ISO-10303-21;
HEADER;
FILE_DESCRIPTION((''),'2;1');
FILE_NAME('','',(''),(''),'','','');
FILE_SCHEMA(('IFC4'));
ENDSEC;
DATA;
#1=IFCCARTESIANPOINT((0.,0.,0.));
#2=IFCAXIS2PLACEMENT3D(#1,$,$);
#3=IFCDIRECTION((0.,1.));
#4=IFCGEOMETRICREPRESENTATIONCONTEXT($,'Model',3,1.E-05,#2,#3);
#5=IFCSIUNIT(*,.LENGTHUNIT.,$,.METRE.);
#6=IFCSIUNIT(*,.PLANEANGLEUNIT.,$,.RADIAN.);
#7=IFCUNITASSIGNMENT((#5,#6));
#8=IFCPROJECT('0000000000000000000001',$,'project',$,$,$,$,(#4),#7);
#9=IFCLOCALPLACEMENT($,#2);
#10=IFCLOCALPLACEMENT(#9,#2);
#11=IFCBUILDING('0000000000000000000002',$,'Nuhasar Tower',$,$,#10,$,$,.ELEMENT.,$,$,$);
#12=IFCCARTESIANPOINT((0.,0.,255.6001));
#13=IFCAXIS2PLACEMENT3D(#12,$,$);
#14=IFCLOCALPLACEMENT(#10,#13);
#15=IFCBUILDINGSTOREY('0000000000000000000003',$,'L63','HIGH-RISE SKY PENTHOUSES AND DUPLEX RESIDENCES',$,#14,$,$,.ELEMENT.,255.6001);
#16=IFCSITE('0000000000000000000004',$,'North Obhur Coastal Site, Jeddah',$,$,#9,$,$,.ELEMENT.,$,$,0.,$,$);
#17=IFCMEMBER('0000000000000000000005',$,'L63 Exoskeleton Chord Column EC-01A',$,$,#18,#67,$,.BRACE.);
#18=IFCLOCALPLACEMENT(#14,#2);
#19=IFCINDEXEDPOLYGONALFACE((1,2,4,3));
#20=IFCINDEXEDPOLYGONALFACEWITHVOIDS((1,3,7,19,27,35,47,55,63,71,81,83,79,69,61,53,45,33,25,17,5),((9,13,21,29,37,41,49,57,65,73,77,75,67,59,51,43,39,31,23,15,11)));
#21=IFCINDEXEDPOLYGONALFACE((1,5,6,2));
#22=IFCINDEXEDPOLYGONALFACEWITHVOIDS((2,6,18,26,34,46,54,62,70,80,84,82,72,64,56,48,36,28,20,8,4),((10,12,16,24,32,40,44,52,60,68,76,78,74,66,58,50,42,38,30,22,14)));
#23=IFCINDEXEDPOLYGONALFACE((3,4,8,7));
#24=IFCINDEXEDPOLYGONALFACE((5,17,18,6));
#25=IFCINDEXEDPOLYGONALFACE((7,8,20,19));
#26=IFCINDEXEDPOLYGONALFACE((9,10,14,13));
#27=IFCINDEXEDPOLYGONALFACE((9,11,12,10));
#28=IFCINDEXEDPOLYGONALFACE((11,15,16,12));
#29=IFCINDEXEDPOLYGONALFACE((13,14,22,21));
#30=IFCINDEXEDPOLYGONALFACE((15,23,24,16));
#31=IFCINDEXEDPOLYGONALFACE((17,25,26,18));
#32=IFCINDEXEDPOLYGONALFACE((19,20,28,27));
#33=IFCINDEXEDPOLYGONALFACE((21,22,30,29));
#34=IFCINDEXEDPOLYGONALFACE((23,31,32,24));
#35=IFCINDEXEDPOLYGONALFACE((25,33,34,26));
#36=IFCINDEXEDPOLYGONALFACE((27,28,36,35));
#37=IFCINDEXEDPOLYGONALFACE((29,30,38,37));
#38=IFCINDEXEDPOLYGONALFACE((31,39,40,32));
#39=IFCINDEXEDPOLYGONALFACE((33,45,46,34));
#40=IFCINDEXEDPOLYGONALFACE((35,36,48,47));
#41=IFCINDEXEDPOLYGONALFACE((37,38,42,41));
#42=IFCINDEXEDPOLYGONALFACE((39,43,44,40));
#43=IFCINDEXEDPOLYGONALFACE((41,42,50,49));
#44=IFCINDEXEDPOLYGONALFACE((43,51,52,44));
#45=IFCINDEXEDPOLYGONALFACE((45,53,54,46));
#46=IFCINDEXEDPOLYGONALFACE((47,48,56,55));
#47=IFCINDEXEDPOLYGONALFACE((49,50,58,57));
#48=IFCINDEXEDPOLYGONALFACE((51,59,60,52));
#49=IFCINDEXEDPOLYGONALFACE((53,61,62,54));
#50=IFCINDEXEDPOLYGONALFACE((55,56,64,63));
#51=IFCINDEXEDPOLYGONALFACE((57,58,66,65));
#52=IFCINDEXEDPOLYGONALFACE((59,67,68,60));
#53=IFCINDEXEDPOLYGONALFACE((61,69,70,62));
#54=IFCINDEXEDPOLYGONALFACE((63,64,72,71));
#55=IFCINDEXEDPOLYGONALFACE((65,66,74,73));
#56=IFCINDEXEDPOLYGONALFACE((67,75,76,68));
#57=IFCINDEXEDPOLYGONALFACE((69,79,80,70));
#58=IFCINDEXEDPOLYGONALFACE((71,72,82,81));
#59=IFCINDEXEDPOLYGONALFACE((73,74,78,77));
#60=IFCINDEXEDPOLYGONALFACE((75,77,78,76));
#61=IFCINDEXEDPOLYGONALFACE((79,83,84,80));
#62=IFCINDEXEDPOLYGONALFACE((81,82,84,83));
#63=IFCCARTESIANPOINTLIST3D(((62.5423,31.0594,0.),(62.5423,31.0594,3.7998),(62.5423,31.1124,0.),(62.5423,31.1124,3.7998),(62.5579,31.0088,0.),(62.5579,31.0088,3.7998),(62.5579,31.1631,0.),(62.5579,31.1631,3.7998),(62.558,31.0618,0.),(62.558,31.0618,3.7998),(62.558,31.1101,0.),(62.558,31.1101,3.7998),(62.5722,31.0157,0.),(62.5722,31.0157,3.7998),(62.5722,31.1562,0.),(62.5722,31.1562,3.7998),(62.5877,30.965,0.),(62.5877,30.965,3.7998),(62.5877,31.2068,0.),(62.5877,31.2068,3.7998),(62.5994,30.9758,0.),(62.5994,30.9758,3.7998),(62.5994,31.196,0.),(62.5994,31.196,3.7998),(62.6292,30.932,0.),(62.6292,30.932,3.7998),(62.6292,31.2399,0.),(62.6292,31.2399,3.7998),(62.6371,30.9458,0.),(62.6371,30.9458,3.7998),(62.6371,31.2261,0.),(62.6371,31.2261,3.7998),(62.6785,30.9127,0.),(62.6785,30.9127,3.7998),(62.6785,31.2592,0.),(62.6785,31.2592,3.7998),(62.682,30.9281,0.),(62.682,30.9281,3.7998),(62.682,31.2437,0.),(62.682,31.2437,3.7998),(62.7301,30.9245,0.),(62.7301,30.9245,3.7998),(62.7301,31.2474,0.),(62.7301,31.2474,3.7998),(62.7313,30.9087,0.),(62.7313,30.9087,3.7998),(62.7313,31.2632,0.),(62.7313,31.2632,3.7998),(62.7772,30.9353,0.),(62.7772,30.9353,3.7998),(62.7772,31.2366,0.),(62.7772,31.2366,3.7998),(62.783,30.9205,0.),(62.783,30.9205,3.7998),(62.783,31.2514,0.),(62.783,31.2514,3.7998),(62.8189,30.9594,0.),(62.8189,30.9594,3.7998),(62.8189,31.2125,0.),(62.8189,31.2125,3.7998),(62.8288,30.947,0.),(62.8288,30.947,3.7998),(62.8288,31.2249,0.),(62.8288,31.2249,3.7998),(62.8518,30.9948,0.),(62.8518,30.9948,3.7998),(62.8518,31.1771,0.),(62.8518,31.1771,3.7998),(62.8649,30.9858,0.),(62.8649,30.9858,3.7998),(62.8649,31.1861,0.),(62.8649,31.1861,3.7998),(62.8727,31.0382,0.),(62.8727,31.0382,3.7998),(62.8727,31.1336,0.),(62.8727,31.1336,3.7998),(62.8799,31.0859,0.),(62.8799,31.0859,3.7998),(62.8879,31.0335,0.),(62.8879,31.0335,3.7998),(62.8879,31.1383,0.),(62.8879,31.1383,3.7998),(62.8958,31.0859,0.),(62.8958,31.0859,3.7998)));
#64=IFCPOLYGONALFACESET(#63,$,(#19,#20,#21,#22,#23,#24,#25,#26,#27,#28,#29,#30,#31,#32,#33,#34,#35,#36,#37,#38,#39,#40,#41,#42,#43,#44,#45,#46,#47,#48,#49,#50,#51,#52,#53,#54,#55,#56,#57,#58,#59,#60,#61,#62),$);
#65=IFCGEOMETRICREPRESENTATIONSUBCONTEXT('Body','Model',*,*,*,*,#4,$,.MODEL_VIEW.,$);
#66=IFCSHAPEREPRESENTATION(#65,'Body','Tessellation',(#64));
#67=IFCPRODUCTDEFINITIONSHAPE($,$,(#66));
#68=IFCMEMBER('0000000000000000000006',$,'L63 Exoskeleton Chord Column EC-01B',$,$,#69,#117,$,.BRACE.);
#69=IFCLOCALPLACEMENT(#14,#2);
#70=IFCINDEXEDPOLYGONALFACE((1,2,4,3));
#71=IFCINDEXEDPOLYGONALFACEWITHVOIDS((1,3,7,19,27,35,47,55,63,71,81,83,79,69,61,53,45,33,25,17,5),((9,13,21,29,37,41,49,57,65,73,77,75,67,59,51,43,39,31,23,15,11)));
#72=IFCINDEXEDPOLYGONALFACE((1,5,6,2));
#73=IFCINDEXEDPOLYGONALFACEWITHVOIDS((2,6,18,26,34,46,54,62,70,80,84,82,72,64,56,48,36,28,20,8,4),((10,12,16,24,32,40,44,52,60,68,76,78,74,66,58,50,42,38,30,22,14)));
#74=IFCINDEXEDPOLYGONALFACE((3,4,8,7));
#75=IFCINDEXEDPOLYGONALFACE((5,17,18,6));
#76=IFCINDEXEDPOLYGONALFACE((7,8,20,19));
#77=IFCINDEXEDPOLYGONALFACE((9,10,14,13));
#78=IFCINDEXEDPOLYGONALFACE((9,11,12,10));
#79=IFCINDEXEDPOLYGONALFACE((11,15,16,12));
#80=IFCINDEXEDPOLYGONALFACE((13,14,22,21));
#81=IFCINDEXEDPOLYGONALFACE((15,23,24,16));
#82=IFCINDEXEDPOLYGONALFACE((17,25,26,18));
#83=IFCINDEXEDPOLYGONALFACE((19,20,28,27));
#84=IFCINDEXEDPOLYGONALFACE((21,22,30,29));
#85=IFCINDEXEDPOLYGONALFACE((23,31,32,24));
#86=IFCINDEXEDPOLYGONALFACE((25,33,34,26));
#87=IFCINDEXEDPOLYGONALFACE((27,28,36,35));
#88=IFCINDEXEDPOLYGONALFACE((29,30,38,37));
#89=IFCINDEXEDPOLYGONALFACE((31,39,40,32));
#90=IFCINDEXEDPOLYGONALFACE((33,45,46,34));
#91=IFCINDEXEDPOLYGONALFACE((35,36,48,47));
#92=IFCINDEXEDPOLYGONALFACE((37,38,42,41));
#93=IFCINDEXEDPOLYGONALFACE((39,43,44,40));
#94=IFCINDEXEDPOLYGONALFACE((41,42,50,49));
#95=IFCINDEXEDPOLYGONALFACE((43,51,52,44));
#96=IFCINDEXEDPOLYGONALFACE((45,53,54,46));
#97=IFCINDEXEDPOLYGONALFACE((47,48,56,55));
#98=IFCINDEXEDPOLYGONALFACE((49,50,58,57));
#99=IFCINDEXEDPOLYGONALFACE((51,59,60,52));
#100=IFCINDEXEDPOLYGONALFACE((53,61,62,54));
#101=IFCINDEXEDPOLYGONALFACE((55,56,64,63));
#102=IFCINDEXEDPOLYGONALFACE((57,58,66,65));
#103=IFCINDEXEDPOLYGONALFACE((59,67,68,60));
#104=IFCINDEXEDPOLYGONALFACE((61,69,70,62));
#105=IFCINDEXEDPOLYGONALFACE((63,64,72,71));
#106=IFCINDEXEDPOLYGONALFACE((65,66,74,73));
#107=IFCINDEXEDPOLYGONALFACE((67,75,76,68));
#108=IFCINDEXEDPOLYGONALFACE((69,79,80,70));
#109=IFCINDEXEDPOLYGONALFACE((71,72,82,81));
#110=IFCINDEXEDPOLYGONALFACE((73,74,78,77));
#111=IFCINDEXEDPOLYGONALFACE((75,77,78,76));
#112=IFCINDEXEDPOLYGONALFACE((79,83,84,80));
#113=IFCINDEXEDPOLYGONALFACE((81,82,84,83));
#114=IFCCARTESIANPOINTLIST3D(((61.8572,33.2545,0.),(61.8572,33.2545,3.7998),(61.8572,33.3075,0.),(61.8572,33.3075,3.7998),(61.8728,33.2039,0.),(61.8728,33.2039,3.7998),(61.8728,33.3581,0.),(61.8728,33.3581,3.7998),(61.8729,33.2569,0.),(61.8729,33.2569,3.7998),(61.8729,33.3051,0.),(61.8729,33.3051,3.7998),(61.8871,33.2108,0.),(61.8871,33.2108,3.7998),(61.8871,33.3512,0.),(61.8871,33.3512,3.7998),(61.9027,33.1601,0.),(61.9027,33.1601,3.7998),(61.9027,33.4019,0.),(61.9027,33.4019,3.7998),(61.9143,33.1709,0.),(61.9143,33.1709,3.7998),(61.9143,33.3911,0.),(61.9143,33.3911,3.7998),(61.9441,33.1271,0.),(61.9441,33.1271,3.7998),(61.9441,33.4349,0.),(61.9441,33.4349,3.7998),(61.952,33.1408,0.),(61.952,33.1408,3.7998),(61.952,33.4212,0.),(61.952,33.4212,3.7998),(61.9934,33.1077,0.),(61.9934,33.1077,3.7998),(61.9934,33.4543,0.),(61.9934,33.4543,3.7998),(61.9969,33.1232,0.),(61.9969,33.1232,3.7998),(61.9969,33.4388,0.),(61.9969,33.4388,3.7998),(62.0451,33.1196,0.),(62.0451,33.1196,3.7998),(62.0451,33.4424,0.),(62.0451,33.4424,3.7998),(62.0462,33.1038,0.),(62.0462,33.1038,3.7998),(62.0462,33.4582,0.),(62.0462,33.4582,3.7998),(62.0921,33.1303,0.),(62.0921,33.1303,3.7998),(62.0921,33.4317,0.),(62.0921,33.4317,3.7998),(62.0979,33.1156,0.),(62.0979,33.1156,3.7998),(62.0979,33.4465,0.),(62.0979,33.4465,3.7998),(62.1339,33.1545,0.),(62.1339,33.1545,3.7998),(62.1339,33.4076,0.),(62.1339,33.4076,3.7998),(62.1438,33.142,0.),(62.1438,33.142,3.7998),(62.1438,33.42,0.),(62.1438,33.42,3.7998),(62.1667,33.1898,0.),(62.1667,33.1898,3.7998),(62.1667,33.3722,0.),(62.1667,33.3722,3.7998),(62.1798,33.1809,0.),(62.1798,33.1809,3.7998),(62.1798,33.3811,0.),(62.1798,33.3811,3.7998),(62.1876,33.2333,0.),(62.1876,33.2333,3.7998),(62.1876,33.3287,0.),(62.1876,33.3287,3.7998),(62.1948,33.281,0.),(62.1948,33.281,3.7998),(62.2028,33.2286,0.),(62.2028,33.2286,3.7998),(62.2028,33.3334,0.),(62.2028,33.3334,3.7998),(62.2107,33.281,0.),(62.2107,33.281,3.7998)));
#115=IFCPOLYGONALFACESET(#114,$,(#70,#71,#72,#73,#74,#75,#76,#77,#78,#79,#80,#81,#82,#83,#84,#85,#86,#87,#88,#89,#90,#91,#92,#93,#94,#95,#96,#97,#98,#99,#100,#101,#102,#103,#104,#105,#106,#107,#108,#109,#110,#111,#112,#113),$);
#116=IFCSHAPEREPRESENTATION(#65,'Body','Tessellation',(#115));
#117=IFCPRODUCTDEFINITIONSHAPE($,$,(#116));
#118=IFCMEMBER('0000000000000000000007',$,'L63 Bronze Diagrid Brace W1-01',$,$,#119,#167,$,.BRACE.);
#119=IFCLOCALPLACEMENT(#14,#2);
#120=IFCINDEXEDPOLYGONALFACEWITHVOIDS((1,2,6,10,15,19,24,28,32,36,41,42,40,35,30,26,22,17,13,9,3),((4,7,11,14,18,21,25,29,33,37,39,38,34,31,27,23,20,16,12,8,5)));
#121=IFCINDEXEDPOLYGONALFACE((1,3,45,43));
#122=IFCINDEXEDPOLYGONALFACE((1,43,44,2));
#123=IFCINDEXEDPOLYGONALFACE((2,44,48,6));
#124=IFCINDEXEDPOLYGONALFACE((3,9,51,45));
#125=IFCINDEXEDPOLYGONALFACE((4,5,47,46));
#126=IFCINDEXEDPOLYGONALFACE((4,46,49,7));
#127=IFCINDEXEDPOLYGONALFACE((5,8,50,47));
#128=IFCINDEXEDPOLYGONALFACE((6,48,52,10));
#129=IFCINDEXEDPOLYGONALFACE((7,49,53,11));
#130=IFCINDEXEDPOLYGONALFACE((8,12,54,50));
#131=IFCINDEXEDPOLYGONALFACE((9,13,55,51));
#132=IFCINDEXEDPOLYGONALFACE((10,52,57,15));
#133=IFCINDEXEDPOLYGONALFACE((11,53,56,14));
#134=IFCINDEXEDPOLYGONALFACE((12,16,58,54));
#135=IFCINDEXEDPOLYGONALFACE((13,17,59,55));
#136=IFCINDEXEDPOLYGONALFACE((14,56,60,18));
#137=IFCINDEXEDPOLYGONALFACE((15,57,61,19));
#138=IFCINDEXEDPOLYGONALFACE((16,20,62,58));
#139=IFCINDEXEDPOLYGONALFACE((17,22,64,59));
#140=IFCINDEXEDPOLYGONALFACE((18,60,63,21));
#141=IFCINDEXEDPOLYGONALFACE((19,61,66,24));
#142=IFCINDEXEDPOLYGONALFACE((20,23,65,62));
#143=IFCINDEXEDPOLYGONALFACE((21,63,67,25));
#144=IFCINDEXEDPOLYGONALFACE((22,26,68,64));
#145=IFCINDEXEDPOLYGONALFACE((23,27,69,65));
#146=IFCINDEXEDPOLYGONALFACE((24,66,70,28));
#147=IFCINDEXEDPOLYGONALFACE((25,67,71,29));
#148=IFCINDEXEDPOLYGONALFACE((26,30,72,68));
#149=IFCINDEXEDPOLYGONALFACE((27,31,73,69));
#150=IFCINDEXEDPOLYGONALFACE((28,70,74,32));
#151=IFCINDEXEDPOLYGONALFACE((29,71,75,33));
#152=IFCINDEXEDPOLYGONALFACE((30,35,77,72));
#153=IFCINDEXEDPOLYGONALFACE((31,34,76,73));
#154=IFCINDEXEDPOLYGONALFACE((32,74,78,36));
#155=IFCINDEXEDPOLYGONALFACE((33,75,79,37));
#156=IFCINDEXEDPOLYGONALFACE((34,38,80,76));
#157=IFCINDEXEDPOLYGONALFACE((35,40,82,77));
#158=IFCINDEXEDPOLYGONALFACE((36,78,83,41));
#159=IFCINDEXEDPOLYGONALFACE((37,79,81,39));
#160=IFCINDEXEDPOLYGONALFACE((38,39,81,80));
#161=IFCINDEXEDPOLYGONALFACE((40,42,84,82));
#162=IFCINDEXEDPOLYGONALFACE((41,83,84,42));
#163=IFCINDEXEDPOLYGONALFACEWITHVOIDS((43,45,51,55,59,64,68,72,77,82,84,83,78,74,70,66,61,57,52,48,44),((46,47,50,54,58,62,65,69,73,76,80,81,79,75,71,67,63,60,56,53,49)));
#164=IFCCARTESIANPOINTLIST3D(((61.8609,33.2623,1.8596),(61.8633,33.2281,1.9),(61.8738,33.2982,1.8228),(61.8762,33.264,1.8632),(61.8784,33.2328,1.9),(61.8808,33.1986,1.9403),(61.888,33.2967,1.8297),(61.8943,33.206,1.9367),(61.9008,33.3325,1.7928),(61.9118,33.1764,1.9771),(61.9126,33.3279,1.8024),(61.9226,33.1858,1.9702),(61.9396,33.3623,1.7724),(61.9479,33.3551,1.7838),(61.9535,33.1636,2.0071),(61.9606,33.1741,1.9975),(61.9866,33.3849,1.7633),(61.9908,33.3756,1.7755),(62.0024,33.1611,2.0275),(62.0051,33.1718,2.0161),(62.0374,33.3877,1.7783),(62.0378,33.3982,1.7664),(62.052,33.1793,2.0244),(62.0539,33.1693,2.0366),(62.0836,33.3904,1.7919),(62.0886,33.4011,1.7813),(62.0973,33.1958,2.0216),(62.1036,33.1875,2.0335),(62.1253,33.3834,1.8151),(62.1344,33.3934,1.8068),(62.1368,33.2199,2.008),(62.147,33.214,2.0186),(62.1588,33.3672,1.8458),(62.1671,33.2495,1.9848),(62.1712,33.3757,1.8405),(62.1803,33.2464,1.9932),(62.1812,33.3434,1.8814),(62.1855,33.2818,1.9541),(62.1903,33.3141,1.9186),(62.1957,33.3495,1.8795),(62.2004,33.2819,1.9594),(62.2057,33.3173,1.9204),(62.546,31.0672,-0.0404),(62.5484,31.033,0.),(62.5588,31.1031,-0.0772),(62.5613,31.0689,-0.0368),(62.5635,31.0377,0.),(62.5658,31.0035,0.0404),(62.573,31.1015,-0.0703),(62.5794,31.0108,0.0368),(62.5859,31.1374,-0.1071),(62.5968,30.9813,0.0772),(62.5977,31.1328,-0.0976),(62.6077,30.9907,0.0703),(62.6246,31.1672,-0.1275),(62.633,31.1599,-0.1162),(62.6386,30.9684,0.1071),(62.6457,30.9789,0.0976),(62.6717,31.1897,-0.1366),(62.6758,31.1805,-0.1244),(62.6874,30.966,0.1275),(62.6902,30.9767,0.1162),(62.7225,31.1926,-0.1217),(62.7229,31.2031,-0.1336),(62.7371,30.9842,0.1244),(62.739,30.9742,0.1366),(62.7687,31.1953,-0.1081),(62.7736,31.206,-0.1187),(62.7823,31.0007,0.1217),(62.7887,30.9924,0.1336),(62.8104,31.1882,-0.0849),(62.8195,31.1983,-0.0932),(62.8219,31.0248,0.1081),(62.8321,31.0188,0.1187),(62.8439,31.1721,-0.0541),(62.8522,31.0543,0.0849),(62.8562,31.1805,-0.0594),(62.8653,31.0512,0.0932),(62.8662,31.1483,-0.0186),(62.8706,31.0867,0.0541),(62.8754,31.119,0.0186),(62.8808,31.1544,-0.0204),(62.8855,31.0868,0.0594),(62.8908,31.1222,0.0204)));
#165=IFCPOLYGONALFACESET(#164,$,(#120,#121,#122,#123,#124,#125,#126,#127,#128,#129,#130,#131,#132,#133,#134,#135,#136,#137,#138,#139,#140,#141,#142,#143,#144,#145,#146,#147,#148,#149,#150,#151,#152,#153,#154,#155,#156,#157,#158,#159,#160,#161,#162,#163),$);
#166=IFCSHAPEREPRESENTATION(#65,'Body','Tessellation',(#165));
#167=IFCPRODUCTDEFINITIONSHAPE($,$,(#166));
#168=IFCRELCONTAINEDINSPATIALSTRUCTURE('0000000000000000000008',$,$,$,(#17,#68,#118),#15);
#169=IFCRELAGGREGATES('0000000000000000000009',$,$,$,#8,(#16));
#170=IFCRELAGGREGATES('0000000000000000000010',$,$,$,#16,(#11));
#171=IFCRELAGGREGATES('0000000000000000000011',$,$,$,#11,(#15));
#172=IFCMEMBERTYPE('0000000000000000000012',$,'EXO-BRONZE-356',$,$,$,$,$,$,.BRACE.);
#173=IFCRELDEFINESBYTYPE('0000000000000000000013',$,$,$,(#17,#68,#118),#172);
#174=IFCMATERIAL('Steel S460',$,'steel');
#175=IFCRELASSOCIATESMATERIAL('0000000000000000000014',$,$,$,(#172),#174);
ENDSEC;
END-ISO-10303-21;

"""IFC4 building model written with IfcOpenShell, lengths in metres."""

from ifc_helpers import new_model, si_unit, direction, frame, origin, origin_2d, place, context, subcontext, project, spatial, hollow_circle, extrude, material, material_profile, profile_set, type_object, element, save


model = new_model("IFC4")

# Units and contexts
model_context = context("Model", 3, precision=1e-05, world=origin(), true_north=direction((0.0, 1.0)))
body_context = subcontext(model_context, "Body", "Model", "MODEL_VIEW")
ifc_project = project(units=[si_unit("LENGTHUNIT", "METRE"), si_unit("PLANEANGLEUNIT", "RADIAN")], contexts=[model_context])

# Site, building, storey
site_placement = place(None, origin())
site = spatial("IfcSite", under=ifc_project, at=site_placement, Name="North Obhur Coastal Site, Jeddah", CompositionType="ELEMENT", RefElevation=0.0)
building_placement = place(site_placement, origin())
building = spatial("IfcBuilding", under=site, at=building_placement, Name="Nuhasar Tower", CompositionType="ELEMENT")
storey_placement = place(building_placement, frame((0.0, 0.0, 255.6001)))
storey = spatial("IfcBuildingStorey", under=building, at=storey_placement, Name="L63", Description="HIGH-RISE SKY PENTHOUSES AND DUPLEX RESIDENCES", CompositionType="ELEMENT", Elevation=255.6001)

# Shared definitions
ifc_material_1 = material(Name="Steel S460", Category="steel")

# Members
ifc_material_profile_1 = material_profile(ifc_material_1, hollow_circle(Radius=0.1777, WallThickness=0.0159, at=origin_2d()), Name="HSS355.6X15.9")
ifc_profile_set_1 = profile_set([ifc_material_profile_1], Name="Steel S460")
member_type_1 = type_object("IfcMemberType", Name="EXO-BRONZE-356", PredefinedType="BRACE", material=ifc_profile_set_1)
for number, where, z_axis, x_axis, name in (
    (1, (62.718, 31.0859, 0.0), (0.0, 0.0, 1.0), (1.0, 0.0, 0.0), "L63 Exoskeleton Chord Column EC-01A"),
    (2, (62.033, 33.281, 0.0), (0.0, 0.0, 1.0), (1.0, 0.0, 0.0), "L63 Exoskeleton Chord Column EC-01B"),
):
    element("IfcMember", number, at=place(storey_placement, frame(where, z_axis=z_axis, x_axis=x_axis)), inside=storey, type_object=member_type_1, Name=name, PredefinedType="BRACE", context=body_context, shape_type="SweptSolid", body=[
        extrude(hollow_circle(Radius=0.1777, WallThickness=0.0159, at=origin_2d()), origin(), (0.0, 0.0, 1.0), 3.7998),
    ])
for number, where, z_axis, x_axis, name in (
    (3, (62.718, 31.0859, 0.0), (-0.229668, 0.735902, 0.636947), (-0.954591, -0.297918, 0.0), "L63 Bronze Diagrid Brace W1-01"),
):
    element("IfcMember", number, at=place(storey_placement, frame(where, z_axis=z_axis, x_axis=x_axis)), inside=storey, type_object=member_type_1, Name=name, PredefinedType="BRACE", context=body_context, shape_type="SweptSolid", body=[
        extrude(hollow_circle(Radius=0.1777, WallThickness=0.0159, at=origin_2d()), origin(), (0.0, 0.0, 1.0), 2.9829),
    ])

save(model, "model.ifc")
